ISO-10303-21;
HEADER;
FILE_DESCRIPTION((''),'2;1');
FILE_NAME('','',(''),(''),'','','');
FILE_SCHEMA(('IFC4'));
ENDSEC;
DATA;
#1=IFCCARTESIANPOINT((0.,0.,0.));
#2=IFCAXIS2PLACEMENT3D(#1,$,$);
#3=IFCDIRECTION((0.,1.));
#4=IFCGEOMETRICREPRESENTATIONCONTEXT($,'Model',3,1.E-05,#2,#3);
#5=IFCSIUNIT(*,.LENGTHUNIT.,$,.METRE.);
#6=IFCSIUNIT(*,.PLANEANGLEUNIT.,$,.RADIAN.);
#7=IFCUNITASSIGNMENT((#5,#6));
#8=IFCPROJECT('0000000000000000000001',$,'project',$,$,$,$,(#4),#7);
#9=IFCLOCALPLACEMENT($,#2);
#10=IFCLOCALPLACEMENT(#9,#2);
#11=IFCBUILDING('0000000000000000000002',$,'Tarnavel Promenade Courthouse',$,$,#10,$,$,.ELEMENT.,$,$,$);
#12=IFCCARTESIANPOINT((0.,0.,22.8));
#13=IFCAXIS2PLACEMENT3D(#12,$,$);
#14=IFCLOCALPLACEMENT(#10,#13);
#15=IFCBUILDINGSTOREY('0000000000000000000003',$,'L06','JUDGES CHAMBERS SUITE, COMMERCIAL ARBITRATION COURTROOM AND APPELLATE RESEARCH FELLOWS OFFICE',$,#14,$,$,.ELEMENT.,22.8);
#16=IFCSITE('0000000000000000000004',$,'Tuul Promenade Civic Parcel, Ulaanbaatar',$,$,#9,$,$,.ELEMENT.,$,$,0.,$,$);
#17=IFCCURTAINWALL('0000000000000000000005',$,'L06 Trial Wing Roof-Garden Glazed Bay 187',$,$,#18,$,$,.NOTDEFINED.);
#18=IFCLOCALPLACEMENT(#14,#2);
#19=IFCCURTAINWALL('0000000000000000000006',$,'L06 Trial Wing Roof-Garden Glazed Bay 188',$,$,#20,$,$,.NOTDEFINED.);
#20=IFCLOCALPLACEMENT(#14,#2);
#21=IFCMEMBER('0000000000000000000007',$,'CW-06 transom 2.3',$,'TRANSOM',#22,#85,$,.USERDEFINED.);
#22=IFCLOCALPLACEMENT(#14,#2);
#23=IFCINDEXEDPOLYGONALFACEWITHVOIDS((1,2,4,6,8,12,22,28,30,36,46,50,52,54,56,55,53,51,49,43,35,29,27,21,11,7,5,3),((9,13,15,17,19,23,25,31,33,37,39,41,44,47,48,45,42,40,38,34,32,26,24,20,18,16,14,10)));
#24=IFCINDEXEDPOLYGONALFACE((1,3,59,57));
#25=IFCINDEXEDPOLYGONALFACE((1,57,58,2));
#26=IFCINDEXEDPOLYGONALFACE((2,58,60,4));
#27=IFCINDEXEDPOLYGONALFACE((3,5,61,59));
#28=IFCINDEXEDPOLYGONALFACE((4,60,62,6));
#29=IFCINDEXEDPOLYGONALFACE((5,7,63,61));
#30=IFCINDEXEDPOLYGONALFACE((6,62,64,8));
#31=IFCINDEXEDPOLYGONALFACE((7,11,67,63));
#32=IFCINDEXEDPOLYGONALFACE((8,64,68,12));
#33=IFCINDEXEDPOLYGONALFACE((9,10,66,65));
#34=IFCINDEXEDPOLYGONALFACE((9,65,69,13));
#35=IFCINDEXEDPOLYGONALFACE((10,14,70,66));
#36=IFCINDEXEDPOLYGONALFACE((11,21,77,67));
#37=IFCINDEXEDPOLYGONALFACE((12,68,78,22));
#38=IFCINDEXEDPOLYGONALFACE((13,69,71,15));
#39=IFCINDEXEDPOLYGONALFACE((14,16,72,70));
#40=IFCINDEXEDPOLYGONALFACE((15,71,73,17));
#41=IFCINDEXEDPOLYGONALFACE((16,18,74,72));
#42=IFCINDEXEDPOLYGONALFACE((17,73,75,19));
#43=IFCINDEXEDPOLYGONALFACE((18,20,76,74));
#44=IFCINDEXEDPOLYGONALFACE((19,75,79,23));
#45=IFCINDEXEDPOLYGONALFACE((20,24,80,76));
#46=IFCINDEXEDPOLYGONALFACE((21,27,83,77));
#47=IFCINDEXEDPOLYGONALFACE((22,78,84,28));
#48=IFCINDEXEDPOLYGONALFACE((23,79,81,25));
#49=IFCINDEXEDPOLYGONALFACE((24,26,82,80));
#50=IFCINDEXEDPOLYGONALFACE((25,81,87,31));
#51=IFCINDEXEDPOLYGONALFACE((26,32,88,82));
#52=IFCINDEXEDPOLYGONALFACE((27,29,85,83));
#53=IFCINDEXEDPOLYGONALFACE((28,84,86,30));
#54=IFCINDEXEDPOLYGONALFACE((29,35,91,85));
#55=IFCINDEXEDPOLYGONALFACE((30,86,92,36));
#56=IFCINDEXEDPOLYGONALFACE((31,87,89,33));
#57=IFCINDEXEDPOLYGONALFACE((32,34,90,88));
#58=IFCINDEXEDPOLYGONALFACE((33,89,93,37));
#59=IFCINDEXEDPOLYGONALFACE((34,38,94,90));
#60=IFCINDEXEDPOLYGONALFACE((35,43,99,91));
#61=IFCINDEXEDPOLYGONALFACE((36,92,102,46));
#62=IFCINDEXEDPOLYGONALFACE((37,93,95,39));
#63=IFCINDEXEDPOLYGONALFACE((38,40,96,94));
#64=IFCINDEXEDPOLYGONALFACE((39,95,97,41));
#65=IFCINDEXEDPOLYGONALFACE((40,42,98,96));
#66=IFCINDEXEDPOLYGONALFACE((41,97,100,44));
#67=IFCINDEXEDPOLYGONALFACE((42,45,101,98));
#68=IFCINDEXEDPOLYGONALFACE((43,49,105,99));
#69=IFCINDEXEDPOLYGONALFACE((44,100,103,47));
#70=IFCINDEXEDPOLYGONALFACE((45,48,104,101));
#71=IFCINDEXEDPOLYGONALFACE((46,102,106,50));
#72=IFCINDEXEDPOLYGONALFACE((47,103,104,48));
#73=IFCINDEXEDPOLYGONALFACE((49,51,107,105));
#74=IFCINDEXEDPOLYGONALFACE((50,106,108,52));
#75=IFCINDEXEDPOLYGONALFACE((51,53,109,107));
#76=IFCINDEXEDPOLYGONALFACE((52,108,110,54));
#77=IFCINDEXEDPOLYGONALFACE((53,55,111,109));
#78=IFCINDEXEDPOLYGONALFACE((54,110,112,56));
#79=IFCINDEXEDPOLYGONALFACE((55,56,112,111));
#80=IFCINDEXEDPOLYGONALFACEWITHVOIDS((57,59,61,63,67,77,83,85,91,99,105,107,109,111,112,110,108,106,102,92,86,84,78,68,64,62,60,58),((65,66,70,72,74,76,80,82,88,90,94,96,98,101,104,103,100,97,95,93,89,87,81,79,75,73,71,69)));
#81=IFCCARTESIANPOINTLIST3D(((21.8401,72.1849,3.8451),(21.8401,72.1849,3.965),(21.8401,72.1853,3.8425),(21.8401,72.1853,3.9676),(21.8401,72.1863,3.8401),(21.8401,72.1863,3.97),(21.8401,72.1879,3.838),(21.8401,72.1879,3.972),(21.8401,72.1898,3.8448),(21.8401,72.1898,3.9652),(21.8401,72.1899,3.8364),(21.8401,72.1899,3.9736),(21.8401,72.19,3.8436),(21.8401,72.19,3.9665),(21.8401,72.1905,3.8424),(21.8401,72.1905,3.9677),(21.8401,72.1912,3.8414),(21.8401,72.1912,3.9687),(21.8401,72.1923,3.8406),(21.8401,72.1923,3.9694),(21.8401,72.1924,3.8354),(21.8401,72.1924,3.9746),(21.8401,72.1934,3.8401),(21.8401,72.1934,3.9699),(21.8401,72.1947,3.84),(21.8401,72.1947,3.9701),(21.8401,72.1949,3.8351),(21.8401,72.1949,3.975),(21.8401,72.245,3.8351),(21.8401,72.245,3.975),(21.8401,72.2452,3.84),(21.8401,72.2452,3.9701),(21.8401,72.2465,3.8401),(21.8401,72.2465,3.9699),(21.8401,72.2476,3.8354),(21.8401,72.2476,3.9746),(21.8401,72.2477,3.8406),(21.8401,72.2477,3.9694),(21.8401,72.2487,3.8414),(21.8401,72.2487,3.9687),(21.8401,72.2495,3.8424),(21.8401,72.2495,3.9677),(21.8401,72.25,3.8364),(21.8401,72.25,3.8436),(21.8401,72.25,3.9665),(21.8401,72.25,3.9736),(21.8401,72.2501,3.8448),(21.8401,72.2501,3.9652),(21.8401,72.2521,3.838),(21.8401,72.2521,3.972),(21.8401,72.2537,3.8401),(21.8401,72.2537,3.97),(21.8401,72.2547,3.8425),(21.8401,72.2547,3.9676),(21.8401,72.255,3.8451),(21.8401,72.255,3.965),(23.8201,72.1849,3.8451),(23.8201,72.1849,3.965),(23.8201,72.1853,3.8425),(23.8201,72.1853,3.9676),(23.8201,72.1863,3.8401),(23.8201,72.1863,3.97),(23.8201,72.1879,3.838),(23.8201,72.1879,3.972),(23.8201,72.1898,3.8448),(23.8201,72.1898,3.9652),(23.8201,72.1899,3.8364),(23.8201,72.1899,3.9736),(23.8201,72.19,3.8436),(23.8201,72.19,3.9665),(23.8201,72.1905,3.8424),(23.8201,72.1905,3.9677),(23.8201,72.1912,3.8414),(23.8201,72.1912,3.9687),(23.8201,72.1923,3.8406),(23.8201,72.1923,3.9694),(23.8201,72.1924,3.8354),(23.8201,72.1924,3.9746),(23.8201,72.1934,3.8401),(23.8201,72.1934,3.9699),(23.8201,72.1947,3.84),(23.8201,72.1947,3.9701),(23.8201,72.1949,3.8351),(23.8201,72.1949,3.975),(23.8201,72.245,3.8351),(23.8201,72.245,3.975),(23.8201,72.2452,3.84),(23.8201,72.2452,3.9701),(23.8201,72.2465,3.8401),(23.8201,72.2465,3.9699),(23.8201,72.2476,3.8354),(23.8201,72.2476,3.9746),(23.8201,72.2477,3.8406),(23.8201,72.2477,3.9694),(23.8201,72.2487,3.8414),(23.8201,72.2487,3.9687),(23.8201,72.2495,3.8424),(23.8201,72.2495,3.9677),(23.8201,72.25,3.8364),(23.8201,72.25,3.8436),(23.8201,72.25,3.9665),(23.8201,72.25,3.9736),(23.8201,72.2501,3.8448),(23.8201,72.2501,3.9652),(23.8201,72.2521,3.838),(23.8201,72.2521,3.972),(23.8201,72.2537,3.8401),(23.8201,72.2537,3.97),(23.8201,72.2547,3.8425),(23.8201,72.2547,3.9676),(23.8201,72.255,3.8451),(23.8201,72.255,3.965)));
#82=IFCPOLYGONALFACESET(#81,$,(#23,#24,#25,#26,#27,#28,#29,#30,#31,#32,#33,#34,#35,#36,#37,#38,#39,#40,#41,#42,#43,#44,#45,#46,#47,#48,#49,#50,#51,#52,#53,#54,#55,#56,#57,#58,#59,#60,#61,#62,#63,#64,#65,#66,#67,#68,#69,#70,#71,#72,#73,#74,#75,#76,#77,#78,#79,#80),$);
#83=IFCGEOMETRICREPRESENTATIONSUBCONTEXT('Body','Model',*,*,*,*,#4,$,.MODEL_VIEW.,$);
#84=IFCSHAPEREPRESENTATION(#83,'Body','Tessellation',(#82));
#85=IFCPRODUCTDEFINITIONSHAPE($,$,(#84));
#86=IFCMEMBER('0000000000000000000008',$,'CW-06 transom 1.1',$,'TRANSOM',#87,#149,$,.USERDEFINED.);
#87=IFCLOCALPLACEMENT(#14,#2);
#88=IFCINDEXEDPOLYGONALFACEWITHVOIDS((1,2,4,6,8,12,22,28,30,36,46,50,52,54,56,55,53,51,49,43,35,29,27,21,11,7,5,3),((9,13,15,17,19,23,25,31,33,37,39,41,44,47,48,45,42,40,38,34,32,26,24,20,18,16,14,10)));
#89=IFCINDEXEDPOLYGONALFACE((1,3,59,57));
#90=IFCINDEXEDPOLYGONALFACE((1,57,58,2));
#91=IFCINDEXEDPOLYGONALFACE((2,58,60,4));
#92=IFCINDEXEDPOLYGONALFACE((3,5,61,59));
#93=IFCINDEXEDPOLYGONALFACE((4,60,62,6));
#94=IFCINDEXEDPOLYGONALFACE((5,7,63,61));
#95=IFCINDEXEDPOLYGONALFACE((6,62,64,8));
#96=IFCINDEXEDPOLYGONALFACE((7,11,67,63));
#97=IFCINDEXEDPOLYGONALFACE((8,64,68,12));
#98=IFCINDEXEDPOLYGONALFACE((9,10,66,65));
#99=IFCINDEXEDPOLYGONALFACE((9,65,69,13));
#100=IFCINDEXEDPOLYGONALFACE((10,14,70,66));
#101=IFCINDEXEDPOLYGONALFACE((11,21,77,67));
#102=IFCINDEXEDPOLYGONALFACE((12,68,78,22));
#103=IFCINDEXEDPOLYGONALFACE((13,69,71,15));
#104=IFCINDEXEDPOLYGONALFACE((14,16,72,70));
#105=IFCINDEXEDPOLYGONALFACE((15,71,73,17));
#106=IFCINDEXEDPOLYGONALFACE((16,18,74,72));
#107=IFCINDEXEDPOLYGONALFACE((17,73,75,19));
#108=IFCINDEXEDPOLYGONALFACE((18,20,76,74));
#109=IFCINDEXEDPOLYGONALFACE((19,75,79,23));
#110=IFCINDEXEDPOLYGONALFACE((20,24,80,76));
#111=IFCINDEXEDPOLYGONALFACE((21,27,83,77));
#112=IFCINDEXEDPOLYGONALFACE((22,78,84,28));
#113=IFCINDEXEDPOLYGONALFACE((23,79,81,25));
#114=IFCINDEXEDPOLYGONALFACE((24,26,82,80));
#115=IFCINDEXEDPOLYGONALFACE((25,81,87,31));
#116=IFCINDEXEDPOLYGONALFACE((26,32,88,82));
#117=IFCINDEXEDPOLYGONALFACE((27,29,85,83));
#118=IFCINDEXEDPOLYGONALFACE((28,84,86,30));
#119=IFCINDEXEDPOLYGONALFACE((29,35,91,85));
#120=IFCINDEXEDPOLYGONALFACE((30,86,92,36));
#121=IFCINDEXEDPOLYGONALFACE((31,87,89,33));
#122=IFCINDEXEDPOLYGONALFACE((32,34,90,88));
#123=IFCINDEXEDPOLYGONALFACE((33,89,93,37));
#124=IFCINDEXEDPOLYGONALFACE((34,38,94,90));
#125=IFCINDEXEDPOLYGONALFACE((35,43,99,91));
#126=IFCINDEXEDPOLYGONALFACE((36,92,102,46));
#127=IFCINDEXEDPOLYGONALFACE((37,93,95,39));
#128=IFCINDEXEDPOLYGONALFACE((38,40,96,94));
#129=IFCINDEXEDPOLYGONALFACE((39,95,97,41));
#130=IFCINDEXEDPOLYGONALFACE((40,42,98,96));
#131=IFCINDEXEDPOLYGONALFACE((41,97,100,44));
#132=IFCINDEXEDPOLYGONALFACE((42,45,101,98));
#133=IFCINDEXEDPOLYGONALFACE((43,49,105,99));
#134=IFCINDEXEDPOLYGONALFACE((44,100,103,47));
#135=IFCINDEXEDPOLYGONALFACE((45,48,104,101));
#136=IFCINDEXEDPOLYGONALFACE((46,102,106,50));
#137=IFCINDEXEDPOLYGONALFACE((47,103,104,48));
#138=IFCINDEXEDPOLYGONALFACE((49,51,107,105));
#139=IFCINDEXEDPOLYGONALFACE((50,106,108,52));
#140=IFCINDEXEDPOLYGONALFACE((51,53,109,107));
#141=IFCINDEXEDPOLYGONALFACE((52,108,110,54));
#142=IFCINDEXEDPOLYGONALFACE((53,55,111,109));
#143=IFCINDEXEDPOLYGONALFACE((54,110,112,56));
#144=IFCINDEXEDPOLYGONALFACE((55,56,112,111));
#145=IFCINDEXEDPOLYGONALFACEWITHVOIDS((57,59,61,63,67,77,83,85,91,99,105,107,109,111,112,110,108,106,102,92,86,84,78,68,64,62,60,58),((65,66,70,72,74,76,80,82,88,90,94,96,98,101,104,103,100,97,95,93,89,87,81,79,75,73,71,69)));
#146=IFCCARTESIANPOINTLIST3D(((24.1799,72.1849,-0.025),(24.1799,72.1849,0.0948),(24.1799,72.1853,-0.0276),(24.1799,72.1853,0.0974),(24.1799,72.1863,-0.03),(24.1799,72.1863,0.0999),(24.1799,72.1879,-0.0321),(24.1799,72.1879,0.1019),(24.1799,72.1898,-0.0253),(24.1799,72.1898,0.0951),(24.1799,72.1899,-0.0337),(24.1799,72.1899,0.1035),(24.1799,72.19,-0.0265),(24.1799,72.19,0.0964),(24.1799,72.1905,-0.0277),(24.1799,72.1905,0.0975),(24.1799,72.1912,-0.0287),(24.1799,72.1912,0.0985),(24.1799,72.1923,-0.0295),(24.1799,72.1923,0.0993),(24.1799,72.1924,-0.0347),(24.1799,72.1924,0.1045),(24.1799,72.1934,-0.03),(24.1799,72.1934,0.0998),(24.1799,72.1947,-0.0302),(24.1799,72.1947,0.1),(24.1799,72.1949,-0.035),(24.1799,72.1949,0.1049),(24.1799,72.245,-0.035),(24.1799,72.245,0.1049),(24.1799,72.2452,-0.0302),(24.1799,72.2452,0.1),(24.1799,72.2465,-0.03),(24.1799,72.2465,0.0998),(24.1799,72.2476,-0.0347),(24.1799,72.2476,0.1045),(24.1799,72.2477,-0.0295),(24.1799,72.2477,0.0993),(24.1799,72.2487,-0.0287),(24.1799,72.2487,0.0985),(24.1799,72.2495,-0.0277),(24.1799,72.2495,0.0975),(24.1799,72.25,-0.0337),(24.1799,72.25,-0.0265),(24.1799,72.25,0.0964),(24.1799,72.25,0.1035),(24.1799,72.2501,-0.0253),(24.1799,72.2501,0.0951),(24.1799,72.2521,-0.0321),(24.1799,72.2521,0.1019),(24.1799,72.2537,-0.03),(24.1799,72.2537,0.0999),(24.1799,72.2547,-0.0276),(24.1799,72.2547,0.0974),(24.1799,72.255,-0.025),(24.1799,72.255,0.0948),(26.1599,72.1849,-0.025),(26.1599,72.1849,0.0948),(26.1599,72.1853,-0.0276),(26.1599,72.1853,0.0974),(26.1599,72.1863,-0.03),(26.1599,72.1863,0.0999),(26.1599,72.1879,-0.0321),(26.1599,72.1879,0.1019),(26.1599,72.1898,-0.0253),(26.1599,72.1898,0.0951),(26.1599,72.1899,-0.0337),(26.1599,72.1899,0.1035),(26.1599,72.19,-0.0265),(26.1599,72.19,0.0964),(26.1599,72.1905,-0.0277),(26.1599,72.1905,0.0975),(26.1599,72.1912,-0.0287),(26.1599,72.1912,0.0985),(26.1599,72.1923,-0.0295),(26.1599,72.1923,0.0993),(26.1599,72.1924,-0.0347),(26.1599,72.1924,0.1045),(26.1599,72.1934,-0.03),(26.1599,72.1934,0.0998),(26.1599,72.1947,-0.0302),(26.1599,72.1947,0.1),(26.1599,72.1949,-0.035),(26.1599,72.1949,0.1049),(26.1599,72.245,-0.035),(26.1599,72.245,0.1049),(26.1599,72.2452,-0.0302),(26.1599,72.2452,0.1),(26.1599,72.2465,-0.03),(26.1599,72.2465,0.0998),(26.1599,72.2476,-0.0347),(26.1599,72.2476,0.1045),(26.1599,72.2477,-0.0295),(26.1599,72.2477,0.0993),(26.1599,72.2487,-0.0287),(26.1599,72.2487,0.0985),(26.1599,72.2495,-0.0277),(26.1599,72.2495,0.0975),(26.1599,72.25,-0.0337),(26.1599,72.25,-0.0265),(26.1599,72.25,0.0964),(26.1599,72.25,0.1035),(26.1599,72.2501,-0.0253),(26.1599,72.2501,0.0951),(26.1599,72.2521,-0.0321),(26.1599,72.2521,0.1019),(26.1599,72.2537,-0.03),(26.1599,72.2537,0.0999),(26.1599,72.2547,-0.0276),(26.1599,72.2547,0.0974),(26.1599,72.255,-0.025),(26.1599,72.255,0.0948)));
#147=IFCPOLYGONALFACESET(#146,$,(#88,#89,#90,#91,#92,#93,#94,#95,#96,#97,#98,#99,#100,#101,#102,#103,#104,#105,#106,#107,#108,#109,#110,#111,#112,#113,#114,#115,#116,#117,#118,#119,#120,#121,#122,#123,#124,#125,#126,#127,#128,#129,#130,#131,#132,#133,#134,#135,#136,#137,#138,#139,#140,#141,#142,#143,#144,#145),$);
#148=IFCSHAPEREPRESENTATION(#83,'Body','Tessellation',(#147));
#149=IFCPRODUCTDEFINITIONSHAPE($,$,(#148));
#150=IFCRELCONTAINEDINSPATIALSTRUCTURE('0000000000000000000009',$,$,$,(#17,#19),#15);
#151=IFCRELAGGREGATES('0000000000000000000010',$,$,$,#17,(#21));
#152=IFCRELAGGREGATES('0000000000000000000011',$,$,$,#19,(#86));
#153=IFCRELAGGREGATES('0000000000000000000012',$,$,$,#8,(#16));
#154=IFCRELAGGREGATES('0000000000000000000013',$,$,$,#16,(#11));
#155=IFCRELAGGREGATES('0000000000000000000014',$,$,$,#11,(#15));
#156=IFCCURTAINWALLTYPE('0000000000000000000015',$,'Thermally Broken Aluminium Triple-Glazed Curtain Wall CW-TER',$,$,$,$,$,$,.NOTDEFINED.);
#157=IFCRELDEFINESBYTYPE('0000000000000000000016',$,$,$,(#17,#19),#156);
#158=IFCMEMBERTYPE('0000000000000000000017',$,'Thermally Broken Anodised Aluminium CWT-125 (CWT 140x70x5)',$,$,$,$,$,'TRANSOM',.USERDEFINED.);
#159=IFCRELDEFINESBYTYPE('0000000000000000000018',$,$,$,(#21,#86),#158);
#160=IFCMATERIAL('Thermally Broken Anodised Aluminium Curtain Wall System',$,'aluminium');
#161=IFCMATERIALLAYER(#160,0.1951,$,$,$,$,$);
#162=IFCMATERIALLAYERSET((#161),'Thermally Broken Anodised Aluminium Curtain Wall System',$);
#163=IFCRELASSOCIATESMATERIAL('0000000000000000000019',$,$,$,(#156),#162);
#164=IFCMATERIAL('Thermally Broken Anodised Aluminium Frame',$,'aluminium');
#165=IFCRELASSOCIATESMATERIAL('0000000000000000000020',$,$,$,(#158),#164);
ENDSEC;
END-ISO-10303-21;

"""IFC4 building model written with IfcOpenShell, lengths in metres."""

from ifc_helpers import new_model, si_unit, direction, frame, origin, origin_2d, place, context, subcontext, project, spatial, hollow_rectangle, extrude, material, layer, layer_set, material_profile, profile_set, type_object, element, aggregate, save


model = new_model("IFC4")

# Units and contexts
model_context = context("Model", 3, precision=1e-05, world=origin(), true_north=direction((0.0, 1.0)))
body_context = subcontext(model_context, "Body", "Model", "MODEL_VIEW")
ifc_project = project(units=[si_unit("LENGTHUNIT", "METRE"), si_unit("PLANEANGLEUNIT", "RADIAN")], contexts=[model_context])

# Site, building, storey
site_placement = place(None, origin())
site = spatial("IfcSite", under=ifc_project, at=site_placement, Name="Tuul Promenade Civic Parcel, Ulaanbaatar", CompositionType="ELEMENT", RefElevation=0.0)
building_placement = place(site_placement, origin())
building = spatial("IfcBuilding", under=site, at=building_placement, Name="Tarnavel Promenade Courthouse", CompositionType="ELEMENT")
storey_placement = place(building_placement, frame((0.0, 0.0, 22.8)))
storey = spatial("IfcBuildingStorey", under=building, at=storey_placement, Name="L06", Description="JUDGES CHAMBERS SUITE, COMMERCIAL ARBITRATION COURTROOM AND APPELLATE RESEARCH FELLOWS OFFICE", CompositionType="ELEMENT", Elevation=22.8)

# Shared definitions
ifc_material_1 = material(Name="Thermally Broken Anodised Aluminium Curtain Wall System", Category="aluminium")
ifc_layer_1 = layer(ifc_material_1, 0.1951)
ifc_layer_set_1 = layer_set([ifc_layer_1], Name="Thermally Broken Anodised Aluminium Curtain Wall System")
curtain_wall_type = type_object("IfcCurtainWallType", Name="Thermally Broken Aluminium Triple-Glazed Curtain Wall CW-TER", PredefinedType="NOTDEFINED", material=ifc_layer_set_1)
ifc_material_2 = material(Name="Thermally Broken Anodised Aluminium Frame", Category="aluminium")

# Curtain walls
curtain_wall_1_placement = place(storey_placement, origin())
curtain_wall_1 = element("IfcCurtainWall", 1, at=curtain_wall_1_placement, inside=storey, type_object=curtain_wall_type, Name="L06 Trial Wing Roof-Garden Glazed Bay 187", PredefinedType="NOTDEFINED")
curtain_wall_2_placement = place(storey_placement, origin())
curtain_wall_2 = element("IfcCurtainWall", 2, at=curtain_wall_2_placement, inside=storey, type_object=curtain_wall_type, Name="L06 Trial Wing Roof-Garden Glazed Bay 188", PredefinedType="NOTDEFINED")

# Members
ifc_material_profile_1 = material_profile(ifc_material_2, hollow_rectangle(XDim=0.0701, YDim=0.1399, WallThickness=0.0049, InnerFilletRadius=0.0049, OuterFilletRadius=0.01, at=origin_2d()), Name="CWT 140x70x5")
ifc_profile_set_1 = profile_set([ifc_material_profile_1], Name="Thermally Broken Anodised Aluminium Frame")
member_type_1 = type_object("IfcMemberType", Name="Thermally Broken Anodised Aluminium CWT-125 (CWT 140x70x5)", ElementType="TRANSOM", PredefinedType="USERDEFINED", material=ifc_profile_set_1)
member_1_placement = place(storey_placement, frame((21.8401, 72.22, 3.905), z_axis=(1.0, 0.0, 0.0), x_axis=(0.0, 1.0, 0.0)))
member_1 = element("IfcMember", 3, at=member_1_placement, type_object=member_type_1, Name="CW-06 transom 2.3", ObjectType="TRANSOM", PredefinedType="USERDEFINED", context=body_context, shape_type="SweptSolid", body=[
    extrude(hollow_rectangle(XDim=0.0701, YDim=0.1399, WallThickness=0.0049, InnerFilletRadius=0.0049, OuterFilletRadius=0.01, at=origin_2d()), origin(), (0.0, 0.0, 1.0), 1.98),
])
member_2_placement = place(storey_placement, frame((24.1799, 72.22, 0.0349), z_axis=(1.0, 0.0, 0.0), x_axis=(0.0, 1.0, 0.0)))
member_2 = element("IfcMember", 4, at=member_2_placement, type_object=member_type_1, Name="CW-06 transom 1.1", ObjectType="TRANSOM", PredefinedType="USERDEFINED", context=body_context, shape_type="SweptSolid", body=[
    extrude(hollow_rectangle(XDim=0.0701, YDim=0.1399, WallThickness=0.0049, InnerFilletRadius=0.0049, OuterFilletRadius=0.01, at=origin_2d()), origin(), (0.0, 0.0, 1.0), 1.98),
])

aggregate(curtain_wall_1, [member_1])
aggregate(curtain_wall_2, [member_2])

save(model, "model.ifc")
